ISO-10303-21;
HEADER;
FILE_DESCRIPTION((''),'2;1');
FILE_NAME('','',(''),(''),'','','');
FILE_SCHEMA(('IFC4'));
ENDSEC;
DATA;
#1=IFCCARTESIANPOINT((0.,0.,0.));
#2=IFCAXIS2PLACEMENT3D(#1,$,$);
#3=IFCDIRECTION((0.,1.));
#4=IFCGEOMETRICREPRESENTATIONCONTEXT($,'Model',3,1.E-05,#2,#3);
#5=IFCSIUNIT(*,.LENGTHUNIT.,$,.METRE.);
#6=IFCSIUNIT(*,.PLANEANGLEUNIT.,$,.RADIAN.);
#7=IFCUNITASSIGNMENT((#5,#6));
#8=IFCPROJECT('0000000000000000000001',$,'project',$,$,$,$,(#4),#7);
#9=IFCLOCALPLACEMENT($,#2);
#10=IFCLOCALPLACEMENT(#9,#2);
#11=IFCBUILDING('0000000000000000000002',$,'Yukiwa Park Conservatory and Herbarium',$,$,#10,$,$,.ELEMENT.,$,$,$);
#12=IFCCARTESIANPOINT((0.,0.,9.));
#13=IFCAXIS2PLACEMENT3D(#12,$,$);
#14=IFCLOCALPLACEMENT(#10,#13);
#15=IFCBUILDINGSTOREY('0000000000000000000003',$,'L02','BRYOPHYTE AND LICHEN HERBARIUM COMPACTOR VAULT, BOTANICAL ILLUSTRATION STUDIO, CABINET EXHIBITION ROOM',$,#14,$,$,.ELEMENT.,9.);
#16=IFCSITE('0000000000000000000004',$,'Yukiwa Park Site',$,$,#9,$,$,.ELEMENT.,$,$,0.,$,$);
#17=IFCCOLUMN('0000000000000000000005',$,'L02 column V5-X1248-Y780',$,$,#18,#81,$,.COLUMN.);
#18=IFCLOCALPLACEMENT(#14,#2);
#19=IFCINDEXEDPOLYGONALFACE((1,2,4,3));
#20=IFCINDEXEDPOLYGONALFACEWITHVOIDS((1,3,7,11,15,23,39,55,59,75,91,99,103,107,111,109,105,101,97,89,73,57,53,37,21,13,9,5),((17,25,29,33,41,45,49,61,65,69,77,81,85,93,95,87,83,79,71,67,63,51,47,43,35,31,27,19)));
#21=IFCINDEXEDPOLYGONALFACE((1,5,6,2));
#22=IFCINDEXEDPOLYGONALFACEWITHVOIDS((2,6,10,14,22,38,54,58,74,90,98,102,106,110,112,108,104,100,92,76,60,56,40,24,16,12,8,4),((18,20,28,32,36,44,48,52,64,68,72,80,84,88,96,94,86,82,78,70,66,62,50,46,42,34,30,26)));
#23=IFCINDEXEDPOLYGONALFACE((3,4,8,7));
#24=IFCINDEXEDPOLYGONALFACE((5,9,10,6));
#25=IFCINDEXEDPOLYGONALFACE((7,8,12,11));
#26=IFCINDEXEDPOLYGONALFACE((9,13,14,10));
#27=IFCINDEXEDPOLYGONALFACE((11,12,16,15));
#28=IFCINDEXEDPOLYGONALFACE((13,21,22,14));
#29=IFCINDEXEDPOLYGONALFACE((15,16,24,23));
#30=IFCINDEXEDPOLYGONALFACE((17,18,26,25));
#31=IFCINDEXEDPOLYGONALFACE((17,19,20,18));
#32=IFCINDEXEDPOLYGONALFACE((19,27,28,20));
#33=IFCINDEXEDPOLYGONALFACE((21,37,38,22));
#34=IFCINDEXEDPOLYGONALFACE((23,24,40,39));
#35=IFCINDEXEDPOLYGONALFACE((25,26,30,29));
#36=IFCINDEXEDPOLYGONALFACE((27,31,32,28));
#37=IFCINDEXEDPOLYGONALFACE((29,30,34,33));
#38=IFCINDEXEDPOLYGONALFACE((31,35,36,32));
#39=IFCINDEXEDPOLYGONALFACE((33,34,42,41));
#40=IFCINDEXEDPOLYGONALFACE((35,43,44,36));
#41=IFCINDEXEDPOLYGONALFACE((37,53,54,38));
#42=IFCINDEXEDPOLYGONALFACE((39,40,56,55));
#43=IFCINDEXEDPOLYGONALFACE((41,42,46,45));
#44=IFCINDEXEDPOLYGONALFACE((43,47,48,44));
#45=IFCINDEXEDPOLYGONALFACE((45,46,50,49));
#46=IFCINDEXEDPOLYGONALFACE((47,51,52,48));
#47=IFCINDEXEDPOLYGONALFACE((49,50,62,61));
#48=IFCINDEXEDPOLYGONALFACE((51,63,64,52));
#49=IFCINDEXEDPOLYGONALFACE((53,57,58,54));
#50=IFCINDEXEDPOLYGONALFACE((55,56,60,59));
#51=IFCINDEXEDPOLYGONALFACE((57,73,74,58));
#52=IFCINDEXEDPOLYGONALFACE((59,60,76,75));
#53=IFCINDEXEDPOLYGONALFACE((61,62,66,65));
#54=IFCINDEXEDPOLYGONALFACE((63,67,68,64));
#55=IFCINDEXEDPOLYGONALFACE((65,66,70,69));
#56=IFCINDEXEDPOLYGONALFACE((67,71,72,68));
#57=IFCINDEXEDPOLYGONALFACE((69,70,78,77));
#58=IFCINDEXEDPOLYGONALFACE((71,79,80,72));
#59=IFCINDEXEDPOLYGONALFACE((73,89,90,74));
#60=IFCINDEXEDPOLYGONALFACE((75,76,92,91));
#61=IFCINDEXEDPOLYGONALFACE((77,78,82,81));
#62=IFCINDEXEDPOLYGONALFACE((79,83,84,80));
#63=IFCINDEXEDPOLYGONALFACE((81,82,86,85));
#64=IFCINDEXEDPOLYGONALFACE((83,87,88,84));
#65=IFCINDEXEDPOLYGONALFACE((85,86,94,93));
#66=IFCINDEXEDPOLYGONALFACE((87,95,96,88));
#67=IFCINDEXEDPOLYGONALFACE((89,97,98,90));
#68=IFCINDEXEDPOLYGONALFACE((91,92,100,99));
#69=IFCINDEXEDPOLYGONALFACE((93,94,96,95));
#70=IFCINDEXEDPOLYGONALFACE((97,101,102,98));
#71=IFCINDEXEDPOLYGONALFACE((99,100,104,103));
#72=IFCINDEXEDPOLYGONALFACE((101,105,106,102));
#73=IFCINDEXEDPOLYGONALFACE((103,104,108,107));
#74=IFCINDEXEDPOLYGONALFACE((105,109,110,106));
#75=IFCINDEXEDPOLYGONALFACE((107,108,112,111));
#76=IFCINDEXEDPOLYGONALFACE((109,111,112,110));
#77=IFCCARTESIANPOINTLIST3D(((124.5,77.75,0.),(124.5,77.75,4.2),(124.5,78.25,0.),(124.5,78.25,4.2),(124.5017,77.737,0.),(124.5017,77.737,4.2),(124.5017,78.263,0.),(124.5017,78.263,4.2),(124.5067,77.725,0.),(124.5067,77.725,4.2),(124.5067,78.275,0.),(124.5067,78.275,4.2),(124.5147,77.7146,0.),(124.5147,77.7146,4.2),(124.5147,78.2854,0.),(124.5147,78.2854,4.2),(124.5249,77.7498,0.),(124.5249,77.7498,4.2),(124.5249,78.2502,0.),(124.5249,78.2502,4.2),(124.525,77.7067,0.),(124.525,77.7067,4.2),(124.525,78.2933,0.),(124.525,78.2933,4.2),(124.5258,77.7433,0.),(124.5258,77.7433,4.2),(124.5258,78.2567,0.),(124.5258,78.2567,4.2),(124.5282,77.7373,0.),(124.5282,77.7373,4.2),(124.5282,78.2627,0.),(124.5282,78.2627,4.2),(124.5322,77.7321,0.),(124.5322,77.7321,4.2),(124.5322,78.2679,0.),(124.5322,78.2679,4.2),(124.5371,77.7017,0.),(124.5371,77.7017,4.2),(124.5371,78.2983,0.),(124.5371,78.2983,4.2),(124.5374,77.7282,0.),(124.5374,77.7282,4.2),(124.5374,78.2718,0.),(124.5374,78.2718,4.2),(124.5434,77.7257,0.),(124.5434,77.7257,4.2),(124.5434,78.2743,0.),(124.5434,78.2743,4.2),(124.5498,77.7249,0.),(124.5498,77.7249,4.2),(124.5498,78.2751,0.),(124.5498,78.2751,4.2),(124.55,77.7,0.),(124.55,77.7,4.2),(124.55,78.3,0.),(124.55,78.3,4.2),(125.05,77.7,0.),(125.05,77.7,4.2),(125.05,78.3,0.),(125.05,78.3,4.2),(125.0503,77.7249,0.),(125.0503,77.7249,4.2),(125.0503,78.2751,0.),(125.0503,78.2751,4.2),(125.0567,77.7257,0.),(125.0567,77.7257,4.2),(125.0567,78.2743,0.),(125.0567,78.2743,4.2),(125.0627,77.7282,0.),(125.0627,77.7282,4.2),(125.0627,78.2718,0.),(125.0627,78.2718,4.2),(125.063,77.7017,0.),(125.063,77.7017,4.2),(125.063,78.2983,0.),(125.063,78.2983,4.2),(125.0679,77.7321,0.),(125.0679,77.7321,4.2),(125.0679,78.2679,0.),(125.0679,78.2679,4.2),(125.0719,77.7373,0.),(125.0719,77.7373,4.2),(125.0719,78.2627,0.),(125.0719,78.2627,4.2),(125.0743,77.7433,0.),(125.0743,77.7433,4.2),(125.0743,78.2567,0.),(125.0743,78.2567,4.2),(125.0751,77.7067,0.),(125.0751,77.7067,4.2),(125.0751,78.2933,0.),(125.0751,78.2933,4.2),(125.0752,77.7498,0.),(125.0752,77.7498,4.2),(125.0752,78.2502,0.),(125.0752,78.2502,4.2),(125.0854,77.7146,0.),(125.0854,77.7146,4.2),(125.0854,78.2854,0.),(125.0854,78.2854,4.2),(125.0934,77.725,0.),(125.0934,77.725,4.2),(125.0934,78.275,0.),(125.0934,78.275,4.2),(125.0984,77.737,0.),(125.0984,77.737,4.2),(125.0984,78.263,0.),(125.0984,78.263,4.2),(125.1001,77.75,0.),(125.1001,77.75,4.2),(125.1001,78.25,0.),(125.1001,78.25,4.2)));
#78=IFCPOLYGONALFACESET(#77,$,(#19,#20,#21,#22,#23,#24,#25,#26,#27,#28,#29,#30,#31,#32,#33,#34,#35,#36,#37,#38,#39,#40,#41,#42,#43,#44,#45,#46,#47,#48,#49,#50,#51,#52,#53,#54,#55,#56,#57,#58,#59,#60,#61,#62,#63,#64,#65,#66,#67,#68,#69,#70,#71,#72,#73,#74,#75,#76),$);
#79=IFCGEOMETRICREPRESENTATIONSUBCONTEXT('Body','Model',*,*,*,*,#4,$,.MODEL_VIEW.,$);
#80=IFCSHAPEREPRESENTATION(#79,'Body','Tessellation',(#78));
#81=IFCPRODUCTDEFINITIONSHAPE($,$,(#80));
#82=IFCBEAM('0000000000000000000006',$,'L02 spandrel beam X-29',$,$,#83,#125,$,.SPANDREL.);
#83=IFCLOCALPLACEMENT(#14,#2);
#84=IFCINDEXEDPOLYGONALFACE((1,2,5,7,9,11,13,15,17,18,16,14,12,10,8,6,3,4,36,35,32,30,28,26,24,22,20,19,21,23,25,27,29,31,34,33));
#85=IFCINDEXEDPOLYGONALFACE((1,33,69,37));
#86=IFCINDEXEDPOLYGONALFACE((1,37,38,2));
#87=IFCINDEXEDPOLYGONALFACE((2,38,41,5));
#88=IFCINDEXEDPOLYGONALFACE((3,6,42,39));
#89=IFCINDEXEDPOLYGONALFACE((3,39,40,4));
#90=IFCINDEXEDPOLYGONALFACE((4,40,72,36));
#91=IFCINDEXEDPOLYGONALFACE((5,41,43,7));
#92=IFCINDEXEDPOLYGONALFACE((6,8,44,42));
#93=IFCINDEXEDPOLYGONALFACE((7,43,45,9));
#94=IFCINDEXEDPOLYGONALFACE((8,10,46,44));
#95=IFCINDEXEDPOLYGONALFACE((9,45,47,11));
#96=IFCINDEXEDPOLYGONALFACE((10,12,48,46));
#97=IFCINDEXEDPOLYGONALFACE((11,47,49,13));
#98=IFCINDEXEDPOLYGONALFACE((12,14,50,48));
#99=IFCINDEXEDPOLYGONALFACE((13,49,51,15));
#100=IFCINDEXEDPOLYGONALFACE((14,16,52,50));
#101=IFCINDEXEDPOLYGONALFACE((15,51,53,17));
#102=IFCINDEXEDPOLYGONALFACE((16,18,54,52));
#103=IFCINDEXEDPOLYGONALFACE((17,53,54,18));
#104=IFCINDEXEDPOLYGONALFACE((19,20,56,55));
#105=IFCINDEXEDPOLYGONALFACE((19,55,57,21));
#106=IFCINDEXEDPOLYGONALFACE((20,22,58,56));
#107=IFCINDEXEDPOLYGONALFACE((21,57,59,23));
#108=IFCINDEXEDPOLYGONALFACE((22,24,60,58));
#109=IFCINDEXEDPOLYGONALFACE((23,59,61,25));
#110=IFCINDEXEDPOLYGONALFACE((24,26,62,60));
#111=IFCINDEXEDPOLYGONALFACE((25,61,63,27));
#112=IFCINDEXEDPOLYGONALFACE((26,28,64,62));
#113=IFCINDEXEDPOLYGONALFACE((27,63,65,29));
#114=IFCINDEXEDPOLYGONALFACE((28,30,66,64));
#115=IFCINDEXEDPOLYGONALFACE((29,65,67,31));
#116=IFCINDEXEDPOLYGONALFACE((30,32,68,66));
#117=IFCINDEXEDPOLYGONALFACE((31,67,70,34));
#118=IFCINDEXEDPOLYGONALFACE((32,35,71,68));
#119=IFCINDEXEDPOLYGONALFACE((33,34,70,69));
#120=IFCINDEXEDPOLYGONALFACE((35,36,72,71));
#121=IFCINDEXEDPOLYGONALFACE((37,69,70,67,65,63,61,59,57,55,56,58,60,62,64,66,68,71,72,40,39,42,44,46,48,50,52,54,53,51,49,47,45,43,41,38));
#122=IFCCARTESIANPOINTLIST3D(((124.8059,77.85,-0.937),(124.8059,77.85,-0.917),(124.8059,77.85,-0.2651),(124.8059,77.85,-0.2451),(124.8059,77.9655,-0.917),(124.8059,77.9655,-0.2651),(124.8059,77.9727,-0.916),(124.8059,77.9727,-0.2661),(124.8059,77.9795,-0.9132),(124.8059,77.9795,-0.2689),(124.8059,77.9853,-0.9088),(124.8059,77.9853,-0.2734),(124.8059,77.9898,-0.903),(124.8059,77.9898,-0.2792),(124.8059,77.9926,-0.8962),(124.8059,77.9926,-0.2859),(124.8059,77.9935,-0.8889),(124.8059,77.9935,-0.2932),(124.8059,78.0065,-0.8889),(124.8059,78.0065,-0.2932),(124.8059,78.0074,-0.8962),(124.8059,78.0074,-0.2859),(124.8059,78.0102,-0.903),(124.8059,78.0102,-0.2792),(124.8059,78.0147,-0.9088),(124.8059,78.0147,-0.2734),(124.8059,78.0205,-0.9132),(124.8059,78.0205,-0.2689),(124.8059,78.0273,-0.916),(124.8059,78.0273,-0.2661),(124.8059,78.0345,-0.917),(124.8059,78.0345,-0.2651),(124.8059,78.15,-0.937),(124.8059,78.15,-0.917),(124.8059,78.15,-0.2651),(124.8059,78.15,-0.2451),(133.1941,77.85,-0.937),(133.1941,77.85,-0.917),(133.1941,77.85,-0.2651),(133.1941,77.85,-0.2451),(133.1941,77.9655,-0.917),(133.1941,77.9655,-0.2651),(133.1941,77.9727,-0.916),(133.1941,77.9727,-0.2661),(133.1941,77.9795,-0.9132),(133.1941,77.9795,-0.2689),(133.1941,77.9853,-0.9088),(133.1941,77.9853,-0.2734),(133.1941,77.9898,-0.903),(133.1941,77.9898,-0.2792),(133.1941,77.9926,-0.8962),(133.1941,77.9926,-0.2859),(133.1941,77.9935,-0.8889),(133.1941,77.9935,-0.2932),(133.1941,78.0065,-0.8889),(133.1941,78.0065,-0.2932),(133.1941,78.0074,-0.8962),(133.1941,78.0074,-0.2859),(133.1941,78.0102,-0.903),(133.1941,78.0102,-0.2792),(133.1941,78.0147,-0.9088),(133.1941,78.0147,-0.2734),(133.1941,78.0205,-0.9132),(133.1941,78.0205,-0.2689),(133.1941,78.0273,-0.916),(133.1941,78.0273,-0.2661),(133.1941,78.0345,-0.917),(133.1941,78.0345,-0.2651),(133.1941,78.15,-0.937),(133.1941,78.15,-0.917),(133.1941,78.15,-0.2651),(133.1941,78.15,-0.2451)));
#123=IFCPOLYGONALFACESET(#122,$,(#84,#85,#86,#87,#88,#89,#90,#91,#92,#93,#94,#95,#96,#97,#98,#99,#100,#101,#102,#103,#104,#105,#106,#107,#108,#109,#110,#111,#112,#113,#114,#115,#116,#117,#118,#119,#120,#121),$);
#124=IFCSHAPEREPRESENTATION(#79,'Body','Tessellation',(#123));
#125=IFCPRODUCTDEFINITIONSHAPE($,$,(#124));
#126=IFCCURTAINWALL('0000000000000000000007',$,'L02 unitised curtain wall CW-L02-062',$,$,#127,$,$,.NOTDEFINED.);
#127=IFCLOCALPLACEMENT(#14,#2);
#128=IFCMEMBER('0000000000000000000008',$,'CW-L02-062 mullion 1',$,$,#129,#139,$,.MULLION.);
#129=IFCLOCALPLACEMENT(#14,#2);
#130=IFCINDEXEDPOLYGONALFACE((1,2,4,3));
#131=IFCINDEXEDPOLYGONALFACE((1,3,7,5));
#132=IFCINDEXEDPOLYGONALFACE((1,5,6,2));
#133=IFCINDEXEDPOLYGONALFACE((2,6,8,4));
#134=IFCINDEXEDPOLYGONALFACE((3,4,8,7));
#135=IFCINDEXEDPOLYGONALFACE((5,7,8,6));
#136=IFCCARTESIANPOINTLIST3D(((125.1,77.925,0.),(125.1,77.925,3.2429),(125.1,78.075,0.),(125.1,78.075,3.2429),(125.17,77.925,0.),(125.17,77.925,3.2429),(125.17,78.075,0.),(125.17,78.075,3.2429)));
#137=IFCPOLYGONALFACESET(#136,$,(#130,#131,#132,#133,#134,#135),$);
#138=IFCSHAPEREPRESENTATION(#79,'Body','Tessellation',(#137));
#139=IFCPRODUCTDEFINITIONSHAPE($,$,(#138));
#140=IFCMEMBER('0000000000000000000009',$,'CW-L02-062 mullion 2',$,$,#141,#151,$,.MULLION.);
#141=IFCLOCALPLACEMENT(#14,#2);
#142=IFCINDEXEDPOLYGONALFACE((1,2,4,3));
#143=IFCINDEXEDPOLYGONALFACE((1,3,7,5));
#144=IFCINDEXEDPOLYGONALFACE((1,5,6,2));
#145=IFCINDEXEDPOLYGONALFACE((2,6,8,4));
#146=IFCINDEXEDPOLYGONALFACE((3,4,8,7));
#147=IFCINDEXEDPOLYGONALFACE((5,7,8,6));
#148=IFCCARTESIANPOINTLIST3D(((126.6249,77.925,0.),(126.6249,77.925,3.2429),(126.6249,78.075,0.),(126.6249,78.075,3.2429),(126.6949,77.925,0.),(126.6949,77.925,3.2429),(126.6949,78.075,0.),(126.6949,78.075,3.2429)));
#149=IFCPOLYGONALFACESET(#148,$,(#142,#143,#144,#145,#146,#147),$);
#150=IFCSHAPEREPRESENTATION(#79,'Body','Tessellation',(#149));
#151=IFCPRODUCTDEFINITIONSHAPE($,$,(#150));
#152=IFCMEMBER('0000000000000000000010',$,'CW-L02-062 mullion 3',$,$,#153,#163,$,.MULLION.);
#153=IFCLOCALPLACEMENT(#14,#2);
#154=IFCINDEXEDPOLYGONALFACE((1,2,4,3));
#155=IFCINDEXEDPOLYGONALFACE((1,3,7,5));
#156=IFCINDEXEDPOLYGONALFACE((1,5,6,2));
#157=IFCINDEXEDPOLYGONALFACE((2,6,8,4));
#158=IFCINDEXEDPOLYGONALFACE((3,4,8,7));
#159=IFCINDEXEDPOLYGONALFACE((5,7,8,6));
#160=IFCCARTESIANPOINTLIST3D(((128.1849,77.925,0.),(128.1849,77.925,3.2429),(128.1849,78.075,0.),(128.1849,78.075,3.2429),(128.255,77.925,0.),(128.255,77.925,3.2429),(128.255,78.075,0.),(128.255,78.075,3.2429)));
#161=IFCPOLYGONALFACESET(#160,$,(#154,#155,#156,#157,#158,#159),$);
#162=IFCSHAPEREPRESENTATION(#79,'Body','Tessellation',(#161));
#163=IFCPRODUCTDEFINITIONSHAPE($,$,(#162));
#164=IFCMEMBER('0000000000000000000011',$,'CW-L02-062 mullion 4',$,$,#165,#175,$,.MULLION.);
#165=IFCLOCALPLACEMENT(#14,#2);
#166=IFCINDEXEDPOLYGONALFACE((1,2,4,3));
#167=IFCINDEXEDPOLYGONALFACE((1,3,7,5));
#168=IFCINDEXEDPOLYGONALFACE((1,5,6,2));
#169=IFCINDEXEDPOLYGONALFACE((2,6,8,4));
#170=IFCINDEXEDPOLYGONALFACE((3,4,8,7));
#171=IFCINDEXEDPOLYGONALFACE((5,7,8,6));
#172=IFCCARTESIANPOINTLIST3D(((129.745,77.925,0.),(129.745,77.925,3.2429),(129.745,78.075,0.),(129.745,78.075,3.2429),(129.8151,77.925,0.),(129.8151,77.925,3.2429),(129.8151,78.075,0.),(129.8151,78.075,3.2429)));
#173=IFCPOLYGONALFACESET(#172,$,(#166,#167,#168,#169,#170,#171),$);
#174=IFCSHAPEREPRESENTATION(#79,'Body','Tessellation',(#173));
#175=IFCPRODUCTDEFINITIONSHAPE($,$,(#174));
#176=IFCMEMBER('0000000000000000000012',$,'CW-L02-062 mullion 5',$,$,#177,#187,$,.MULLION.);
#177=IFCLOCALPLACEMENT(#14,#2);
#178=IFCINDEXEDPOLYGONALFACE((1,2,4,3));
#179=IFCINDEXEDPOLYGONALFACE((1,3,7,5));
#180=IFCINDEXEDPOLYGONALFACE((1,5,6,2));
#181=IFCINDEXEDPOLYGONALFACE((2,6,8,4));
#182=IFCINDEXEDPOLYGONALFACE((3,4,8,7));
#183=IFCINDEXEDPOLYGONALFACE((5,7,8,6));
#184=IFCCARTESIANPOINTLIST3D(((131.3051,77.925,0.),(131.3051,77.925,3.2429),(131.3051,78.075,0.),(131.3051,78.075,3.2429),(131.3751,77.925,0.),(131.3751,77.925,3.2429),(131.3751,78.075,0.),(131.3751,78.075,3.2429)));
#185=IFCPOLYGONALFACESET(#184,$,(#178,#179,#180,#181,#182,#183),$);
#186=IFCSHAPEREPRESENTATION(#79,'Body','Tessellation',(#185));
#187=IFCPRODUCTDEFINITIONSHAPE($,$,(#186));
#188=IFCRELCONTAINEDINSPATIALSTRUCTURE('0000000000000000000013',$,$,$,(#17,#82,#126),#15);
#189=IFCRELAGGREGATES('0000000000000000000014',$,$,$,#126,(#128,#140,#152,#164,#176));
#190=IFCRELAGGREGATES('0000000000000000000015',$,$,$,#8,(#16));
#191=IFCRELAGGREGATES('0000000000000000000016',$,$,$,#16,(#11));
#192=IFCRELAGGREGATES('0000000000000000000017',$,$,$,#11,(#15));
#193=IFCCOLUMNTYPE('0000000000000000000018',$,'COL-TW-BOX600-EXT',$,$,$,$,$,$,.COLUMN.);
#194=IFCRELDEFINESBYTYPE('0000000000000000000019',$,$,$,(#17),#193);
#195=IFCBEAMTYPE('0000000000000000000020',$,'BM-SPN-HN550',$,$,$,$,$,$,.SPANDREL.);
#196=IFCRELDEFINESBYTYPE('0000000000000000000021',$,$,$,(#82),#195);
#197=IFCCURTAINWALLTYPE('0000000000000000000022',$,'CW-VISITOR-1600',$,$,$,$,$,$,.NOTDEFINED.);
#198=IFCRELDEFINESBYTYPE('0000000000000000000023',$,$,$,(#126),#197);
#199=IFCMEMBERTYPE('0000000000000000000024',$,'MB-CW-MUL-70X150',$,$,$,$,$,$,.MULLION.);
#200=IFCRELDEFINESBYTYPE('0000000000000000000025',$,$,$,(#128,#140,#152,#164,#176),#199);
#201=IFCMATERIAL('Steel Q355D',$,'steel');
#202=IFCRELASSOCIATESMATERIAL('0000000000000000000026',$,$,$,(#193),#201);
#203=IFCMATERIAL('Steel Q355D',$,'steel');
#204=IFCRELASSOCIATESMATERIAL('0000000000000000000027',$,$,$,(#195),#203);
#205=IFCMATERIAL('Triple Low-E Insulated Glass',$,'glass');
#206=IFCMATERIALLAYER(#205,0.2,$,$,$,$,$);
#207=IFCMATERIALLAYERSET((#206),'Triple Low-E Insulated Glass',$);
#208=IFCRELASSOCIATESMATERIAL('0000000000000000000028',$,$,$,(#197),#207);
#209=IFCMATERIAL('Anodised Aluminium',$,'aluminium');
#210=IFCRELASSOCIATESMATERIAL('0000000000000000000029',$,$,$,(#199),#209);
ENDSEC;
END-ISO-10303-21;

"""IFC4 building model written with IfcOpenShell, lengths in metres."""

from ifc_helpers import new_model, si_unit, direction, frame, origin, origin_2d, place, context, subcontext, project, spatial, rectangle, hollow_rectangle, i_section, extrude, material, layer, layer_set, material_profile, profile_set, type_object, element, aggregate, save


model = new_model("IFC4")

# Units and contexts
model_context = context("Model", 3, precision=1e-05, world=origin(), true_north=direction((0.0, 1.0)))
body_context = subcontext(model_context, "Body", "Model", "MODEL_VIEW")
ifc_project = project(units=[si_unit("LENGTHUNIT", "METRE"), si_unit("PLANEANGLEUNIT", "RADIAN")], contexts=[model_context])

# Site, building, storey
site_placement = place(None, origin())
site = spatial("IfcSite", under=ifc_project, at=site_placement, Name="Yukiwa Park Site", CompositionType="ELEMENT", RefElevation=0.0)
building_placement = place(site_placement, origin())
building = spatial("IfcBuilding", under=site, at=building_placement, Name="Yukiwa Park Conservatory and Herbarium", CompositionType="ELEMENT")
storey_placement = place(building_placement, frame((0.0, 0.0, 9.0)))
storey = spatial("IfcBuildingStorey", under=building, at=storey_placement, Name="L02", Description="BRYOPHYTE AND LICHEN HERBARIUM COMPACTOR VAULT, BOTANICAL ILLUSTRATION STUDIO, CABINET EXHIBITION ROOM", CompositionType="ELEMENT", Elevation=9.0)

# Column
ifc_material_1 = material(Name="Steel Q355D", Category="steel")
ifc_material_profile_1 = material_profile(ifc_material_1, hollow_rectangle(XDim=0.6001, YDim=0.6001, WallThickness=0.0249, InnerFilletRadius=0.0249, OuterFilletRadius=0.05, at=origin_2d()), Name="BOX 600x600x25")
ifc_profile_set_1 = profile_set([ifc_material_profile_1], Name="Steel Q355D")
column_type = type_object("IfcColumnType", Name="COL-TW-BOX600-EXT", PredefinedType="COLUMN", material=ifc_profile_set_1)
column_placement = place(storey_placement, frame((124.8, 78.0, 0.0), z_axis=(0.0, 0.0, 1.0), x_axis=(1.0, 0.0, 0.0)))
element("IfcColumn", 1, at=column_placement, inside=storey, type_object=column_type, Name="L02 column V5-X1248-Y780", PredefinedType="COLUMN", context=body_context, shape_type="SweptSolid", body=[
    extrude(hollow_rectangle(XDim=0.6001, YDim=0.6001, WallThickness=0.0249, InnerFilletRadius=0.0249, OuterFilletRadius=0.05, at=origin_2d()), origin(), (0.0, 0.0, 1.0), 4.2),
])

# Beam
ifc_material_2 = material(Name="Steel Q355D", Category="steel")
ifc_material_profile_2 = material_profile(ifc_material_2, i_section(OverallWidth=0.3, OverallDepth=0.6919, WebThickness=0.0129, FlangeThickness=0.02, FilletRadius=0.0281, at=origin_2d()), Name="HN 692x300x13x20")
ifc_profile_set_2 = profile_set([ifc_material_profile_2], Name="Steel Q355D")
beam_type = type_object("IfcBeamType", Name="BM-SPN-HN550", PredefinedType="SPANDREL", material=ifc_profile_set_2)
beam_placement = place(storey_placement, frame((124.8059, 78.0, -0.5911), z_axis=(1.0, 0.0, 0.0), x_axis=(0.0, 1.0, 0.0)))
element("IfcBeam", 2, at=beam_placement, inside=storey, type_object=beam_type, Name="L02 spandrel beam X-29", PredefinedType="SPANDREL", context=body_context, shape_type="SweptSolid", body=[
    extrude(i_section(OverallWidth=0.3, OverallDepth=0.6919, WebThickness=0.0129, FlangeThickness=0.02, FilletRadius=0.0281, at=origin_2d()), origin(), (0.0, 0.0, 1.0), 8.3882),
])

# Curtain wall, members
ifc_material_3 = material(Name="Triple Low-E Insulated Glass", Category="glass")
ifc_layer_1 = layer(ifc_material_3, 0.2)
ifc_layer_set_1 = layer_set([ifc_layer_1], Name="Triple Low-E Insulated Glass")
curtain_wall_type = type_object("IfcCurtainWallType", Name="CW-VISITOR-1600", PredefinedType="NOTDEFINED", material=ifc_layer_set_1)
curtain_wall_placement = place(storey_placement, origin())
curtain_wall = element("IfcCurtainWall", 3, at=curtain_wall_placement, inside=storey, type_object=curtain_wall_type, Name="L02 unitised curtain wall CW-L02-062", PredefinedType="NOTDEFINED")
ifc_material_4 = material(Name="Anodised Aluminium", Category="aluminium")
member_type_1 = type_object("IfcMemberType", Name="MB-CW-MUL-70X150", PredefinedType="MULLION", material=ifc_material_4)
member_1_placement = place(storey_placement, frame((125.135, 78.0, 0.0), z_axis=(0.0, 0.0, 1.0), x_axis=(1.0, 0.0, 0.0)))
member_1 = element("IfcMember", 4, at=member_1_placement, type_object=member_type_1, Name="CW-L02-062 mullion 1", PredefinedType="MULLION", context=body_context, shape_type="SweptSolid", body=[
    extrude(rectangle(XDim=0.0701, YDim=0.1499, at=origin_2d()), origin(), (0.0, 0.0, 1.0), 3.2429),
])
member_2_placement = place(storey_placement, frame((126.6599, 78.0, 0.0), z_axis=(0.0, 0.0, 1.0), x_axis=(1.0, 0.0, 0.0)))
member_2 = element("IfcMember", 5, at=member_2_placement, type_object=member_type_1, Name="CW-L02-062 mullion 2", PredefinedType="MULLION", context=body_context, shape_type="SweptSolid", body=[
    extrude(rectangle(XDim=0.0701, YDim=0.1499, at=origin_2d()), origin(), (0.0, 0.0, 1.0), 3.2429),
])
member_3_placement = place(storey_placement, frame((128.22, 78.0, 0.0), z_axis=(0.0, 0.0, 1.0), x_axis=(1.0, 0.0, 0.0)))
member_3 = element("IfcMember", 6, at=member_3_placement, type_object=member_type_1, Name="CW-L02-062 mullion 3", PredefinedType="MULLION", context=body_context, shape_type="SweptSolid", body=[
    extrude(rectangle(XDim=0.0701, YDim=0.1499, at=origin_2d()), origin(), (0.0, 0.0, 1.0), 3.2429),
])
member_4_placement = place(storey_placement, frame((129.78, 78.0, 0.0), z_axis=(0.0, 0.0, 1.0), x_axis=(1.0, 0.0, 0.0)))
member_4 = element("IfcMember", 7, at=member_4_placement, type_object=member_type_1, Name="CW-L02-062 mullion 4", PredefinedType="MULLION", context=body_context, shape_type="SweptSolid", body=[
    extrude(rectangle(XDim=0.0701, YDim=0.1499, at=origin_2d()), origin(), (0.0, 0.0, 1.0), 3.2429),
])
member_5_placement = place(storey_placement, frame((131.3401, 78.0, 0.0), z_axis=(0.0, 0.0, 1.0), x_axis=(1.0, 0.0, 0.0)))
member_5 = element("IfcMember", 8, at=member_5_placement, type_object=member_type_1, Name="CW-L02-062 mullion 5", PredefinedType="MULLION", context=body_context, shape_type="SweptSolid", body=[
    extrude(rectangle(XDim=0.0701, YDim=0.1499, at=origin_2d()), origin(), (0.0, 0.0, 1.0), 3.2429),
])
aggregate(curtain_wall, [member_1, member_2, member_3, member_4, member_5])

save(model, "model.ifc")
